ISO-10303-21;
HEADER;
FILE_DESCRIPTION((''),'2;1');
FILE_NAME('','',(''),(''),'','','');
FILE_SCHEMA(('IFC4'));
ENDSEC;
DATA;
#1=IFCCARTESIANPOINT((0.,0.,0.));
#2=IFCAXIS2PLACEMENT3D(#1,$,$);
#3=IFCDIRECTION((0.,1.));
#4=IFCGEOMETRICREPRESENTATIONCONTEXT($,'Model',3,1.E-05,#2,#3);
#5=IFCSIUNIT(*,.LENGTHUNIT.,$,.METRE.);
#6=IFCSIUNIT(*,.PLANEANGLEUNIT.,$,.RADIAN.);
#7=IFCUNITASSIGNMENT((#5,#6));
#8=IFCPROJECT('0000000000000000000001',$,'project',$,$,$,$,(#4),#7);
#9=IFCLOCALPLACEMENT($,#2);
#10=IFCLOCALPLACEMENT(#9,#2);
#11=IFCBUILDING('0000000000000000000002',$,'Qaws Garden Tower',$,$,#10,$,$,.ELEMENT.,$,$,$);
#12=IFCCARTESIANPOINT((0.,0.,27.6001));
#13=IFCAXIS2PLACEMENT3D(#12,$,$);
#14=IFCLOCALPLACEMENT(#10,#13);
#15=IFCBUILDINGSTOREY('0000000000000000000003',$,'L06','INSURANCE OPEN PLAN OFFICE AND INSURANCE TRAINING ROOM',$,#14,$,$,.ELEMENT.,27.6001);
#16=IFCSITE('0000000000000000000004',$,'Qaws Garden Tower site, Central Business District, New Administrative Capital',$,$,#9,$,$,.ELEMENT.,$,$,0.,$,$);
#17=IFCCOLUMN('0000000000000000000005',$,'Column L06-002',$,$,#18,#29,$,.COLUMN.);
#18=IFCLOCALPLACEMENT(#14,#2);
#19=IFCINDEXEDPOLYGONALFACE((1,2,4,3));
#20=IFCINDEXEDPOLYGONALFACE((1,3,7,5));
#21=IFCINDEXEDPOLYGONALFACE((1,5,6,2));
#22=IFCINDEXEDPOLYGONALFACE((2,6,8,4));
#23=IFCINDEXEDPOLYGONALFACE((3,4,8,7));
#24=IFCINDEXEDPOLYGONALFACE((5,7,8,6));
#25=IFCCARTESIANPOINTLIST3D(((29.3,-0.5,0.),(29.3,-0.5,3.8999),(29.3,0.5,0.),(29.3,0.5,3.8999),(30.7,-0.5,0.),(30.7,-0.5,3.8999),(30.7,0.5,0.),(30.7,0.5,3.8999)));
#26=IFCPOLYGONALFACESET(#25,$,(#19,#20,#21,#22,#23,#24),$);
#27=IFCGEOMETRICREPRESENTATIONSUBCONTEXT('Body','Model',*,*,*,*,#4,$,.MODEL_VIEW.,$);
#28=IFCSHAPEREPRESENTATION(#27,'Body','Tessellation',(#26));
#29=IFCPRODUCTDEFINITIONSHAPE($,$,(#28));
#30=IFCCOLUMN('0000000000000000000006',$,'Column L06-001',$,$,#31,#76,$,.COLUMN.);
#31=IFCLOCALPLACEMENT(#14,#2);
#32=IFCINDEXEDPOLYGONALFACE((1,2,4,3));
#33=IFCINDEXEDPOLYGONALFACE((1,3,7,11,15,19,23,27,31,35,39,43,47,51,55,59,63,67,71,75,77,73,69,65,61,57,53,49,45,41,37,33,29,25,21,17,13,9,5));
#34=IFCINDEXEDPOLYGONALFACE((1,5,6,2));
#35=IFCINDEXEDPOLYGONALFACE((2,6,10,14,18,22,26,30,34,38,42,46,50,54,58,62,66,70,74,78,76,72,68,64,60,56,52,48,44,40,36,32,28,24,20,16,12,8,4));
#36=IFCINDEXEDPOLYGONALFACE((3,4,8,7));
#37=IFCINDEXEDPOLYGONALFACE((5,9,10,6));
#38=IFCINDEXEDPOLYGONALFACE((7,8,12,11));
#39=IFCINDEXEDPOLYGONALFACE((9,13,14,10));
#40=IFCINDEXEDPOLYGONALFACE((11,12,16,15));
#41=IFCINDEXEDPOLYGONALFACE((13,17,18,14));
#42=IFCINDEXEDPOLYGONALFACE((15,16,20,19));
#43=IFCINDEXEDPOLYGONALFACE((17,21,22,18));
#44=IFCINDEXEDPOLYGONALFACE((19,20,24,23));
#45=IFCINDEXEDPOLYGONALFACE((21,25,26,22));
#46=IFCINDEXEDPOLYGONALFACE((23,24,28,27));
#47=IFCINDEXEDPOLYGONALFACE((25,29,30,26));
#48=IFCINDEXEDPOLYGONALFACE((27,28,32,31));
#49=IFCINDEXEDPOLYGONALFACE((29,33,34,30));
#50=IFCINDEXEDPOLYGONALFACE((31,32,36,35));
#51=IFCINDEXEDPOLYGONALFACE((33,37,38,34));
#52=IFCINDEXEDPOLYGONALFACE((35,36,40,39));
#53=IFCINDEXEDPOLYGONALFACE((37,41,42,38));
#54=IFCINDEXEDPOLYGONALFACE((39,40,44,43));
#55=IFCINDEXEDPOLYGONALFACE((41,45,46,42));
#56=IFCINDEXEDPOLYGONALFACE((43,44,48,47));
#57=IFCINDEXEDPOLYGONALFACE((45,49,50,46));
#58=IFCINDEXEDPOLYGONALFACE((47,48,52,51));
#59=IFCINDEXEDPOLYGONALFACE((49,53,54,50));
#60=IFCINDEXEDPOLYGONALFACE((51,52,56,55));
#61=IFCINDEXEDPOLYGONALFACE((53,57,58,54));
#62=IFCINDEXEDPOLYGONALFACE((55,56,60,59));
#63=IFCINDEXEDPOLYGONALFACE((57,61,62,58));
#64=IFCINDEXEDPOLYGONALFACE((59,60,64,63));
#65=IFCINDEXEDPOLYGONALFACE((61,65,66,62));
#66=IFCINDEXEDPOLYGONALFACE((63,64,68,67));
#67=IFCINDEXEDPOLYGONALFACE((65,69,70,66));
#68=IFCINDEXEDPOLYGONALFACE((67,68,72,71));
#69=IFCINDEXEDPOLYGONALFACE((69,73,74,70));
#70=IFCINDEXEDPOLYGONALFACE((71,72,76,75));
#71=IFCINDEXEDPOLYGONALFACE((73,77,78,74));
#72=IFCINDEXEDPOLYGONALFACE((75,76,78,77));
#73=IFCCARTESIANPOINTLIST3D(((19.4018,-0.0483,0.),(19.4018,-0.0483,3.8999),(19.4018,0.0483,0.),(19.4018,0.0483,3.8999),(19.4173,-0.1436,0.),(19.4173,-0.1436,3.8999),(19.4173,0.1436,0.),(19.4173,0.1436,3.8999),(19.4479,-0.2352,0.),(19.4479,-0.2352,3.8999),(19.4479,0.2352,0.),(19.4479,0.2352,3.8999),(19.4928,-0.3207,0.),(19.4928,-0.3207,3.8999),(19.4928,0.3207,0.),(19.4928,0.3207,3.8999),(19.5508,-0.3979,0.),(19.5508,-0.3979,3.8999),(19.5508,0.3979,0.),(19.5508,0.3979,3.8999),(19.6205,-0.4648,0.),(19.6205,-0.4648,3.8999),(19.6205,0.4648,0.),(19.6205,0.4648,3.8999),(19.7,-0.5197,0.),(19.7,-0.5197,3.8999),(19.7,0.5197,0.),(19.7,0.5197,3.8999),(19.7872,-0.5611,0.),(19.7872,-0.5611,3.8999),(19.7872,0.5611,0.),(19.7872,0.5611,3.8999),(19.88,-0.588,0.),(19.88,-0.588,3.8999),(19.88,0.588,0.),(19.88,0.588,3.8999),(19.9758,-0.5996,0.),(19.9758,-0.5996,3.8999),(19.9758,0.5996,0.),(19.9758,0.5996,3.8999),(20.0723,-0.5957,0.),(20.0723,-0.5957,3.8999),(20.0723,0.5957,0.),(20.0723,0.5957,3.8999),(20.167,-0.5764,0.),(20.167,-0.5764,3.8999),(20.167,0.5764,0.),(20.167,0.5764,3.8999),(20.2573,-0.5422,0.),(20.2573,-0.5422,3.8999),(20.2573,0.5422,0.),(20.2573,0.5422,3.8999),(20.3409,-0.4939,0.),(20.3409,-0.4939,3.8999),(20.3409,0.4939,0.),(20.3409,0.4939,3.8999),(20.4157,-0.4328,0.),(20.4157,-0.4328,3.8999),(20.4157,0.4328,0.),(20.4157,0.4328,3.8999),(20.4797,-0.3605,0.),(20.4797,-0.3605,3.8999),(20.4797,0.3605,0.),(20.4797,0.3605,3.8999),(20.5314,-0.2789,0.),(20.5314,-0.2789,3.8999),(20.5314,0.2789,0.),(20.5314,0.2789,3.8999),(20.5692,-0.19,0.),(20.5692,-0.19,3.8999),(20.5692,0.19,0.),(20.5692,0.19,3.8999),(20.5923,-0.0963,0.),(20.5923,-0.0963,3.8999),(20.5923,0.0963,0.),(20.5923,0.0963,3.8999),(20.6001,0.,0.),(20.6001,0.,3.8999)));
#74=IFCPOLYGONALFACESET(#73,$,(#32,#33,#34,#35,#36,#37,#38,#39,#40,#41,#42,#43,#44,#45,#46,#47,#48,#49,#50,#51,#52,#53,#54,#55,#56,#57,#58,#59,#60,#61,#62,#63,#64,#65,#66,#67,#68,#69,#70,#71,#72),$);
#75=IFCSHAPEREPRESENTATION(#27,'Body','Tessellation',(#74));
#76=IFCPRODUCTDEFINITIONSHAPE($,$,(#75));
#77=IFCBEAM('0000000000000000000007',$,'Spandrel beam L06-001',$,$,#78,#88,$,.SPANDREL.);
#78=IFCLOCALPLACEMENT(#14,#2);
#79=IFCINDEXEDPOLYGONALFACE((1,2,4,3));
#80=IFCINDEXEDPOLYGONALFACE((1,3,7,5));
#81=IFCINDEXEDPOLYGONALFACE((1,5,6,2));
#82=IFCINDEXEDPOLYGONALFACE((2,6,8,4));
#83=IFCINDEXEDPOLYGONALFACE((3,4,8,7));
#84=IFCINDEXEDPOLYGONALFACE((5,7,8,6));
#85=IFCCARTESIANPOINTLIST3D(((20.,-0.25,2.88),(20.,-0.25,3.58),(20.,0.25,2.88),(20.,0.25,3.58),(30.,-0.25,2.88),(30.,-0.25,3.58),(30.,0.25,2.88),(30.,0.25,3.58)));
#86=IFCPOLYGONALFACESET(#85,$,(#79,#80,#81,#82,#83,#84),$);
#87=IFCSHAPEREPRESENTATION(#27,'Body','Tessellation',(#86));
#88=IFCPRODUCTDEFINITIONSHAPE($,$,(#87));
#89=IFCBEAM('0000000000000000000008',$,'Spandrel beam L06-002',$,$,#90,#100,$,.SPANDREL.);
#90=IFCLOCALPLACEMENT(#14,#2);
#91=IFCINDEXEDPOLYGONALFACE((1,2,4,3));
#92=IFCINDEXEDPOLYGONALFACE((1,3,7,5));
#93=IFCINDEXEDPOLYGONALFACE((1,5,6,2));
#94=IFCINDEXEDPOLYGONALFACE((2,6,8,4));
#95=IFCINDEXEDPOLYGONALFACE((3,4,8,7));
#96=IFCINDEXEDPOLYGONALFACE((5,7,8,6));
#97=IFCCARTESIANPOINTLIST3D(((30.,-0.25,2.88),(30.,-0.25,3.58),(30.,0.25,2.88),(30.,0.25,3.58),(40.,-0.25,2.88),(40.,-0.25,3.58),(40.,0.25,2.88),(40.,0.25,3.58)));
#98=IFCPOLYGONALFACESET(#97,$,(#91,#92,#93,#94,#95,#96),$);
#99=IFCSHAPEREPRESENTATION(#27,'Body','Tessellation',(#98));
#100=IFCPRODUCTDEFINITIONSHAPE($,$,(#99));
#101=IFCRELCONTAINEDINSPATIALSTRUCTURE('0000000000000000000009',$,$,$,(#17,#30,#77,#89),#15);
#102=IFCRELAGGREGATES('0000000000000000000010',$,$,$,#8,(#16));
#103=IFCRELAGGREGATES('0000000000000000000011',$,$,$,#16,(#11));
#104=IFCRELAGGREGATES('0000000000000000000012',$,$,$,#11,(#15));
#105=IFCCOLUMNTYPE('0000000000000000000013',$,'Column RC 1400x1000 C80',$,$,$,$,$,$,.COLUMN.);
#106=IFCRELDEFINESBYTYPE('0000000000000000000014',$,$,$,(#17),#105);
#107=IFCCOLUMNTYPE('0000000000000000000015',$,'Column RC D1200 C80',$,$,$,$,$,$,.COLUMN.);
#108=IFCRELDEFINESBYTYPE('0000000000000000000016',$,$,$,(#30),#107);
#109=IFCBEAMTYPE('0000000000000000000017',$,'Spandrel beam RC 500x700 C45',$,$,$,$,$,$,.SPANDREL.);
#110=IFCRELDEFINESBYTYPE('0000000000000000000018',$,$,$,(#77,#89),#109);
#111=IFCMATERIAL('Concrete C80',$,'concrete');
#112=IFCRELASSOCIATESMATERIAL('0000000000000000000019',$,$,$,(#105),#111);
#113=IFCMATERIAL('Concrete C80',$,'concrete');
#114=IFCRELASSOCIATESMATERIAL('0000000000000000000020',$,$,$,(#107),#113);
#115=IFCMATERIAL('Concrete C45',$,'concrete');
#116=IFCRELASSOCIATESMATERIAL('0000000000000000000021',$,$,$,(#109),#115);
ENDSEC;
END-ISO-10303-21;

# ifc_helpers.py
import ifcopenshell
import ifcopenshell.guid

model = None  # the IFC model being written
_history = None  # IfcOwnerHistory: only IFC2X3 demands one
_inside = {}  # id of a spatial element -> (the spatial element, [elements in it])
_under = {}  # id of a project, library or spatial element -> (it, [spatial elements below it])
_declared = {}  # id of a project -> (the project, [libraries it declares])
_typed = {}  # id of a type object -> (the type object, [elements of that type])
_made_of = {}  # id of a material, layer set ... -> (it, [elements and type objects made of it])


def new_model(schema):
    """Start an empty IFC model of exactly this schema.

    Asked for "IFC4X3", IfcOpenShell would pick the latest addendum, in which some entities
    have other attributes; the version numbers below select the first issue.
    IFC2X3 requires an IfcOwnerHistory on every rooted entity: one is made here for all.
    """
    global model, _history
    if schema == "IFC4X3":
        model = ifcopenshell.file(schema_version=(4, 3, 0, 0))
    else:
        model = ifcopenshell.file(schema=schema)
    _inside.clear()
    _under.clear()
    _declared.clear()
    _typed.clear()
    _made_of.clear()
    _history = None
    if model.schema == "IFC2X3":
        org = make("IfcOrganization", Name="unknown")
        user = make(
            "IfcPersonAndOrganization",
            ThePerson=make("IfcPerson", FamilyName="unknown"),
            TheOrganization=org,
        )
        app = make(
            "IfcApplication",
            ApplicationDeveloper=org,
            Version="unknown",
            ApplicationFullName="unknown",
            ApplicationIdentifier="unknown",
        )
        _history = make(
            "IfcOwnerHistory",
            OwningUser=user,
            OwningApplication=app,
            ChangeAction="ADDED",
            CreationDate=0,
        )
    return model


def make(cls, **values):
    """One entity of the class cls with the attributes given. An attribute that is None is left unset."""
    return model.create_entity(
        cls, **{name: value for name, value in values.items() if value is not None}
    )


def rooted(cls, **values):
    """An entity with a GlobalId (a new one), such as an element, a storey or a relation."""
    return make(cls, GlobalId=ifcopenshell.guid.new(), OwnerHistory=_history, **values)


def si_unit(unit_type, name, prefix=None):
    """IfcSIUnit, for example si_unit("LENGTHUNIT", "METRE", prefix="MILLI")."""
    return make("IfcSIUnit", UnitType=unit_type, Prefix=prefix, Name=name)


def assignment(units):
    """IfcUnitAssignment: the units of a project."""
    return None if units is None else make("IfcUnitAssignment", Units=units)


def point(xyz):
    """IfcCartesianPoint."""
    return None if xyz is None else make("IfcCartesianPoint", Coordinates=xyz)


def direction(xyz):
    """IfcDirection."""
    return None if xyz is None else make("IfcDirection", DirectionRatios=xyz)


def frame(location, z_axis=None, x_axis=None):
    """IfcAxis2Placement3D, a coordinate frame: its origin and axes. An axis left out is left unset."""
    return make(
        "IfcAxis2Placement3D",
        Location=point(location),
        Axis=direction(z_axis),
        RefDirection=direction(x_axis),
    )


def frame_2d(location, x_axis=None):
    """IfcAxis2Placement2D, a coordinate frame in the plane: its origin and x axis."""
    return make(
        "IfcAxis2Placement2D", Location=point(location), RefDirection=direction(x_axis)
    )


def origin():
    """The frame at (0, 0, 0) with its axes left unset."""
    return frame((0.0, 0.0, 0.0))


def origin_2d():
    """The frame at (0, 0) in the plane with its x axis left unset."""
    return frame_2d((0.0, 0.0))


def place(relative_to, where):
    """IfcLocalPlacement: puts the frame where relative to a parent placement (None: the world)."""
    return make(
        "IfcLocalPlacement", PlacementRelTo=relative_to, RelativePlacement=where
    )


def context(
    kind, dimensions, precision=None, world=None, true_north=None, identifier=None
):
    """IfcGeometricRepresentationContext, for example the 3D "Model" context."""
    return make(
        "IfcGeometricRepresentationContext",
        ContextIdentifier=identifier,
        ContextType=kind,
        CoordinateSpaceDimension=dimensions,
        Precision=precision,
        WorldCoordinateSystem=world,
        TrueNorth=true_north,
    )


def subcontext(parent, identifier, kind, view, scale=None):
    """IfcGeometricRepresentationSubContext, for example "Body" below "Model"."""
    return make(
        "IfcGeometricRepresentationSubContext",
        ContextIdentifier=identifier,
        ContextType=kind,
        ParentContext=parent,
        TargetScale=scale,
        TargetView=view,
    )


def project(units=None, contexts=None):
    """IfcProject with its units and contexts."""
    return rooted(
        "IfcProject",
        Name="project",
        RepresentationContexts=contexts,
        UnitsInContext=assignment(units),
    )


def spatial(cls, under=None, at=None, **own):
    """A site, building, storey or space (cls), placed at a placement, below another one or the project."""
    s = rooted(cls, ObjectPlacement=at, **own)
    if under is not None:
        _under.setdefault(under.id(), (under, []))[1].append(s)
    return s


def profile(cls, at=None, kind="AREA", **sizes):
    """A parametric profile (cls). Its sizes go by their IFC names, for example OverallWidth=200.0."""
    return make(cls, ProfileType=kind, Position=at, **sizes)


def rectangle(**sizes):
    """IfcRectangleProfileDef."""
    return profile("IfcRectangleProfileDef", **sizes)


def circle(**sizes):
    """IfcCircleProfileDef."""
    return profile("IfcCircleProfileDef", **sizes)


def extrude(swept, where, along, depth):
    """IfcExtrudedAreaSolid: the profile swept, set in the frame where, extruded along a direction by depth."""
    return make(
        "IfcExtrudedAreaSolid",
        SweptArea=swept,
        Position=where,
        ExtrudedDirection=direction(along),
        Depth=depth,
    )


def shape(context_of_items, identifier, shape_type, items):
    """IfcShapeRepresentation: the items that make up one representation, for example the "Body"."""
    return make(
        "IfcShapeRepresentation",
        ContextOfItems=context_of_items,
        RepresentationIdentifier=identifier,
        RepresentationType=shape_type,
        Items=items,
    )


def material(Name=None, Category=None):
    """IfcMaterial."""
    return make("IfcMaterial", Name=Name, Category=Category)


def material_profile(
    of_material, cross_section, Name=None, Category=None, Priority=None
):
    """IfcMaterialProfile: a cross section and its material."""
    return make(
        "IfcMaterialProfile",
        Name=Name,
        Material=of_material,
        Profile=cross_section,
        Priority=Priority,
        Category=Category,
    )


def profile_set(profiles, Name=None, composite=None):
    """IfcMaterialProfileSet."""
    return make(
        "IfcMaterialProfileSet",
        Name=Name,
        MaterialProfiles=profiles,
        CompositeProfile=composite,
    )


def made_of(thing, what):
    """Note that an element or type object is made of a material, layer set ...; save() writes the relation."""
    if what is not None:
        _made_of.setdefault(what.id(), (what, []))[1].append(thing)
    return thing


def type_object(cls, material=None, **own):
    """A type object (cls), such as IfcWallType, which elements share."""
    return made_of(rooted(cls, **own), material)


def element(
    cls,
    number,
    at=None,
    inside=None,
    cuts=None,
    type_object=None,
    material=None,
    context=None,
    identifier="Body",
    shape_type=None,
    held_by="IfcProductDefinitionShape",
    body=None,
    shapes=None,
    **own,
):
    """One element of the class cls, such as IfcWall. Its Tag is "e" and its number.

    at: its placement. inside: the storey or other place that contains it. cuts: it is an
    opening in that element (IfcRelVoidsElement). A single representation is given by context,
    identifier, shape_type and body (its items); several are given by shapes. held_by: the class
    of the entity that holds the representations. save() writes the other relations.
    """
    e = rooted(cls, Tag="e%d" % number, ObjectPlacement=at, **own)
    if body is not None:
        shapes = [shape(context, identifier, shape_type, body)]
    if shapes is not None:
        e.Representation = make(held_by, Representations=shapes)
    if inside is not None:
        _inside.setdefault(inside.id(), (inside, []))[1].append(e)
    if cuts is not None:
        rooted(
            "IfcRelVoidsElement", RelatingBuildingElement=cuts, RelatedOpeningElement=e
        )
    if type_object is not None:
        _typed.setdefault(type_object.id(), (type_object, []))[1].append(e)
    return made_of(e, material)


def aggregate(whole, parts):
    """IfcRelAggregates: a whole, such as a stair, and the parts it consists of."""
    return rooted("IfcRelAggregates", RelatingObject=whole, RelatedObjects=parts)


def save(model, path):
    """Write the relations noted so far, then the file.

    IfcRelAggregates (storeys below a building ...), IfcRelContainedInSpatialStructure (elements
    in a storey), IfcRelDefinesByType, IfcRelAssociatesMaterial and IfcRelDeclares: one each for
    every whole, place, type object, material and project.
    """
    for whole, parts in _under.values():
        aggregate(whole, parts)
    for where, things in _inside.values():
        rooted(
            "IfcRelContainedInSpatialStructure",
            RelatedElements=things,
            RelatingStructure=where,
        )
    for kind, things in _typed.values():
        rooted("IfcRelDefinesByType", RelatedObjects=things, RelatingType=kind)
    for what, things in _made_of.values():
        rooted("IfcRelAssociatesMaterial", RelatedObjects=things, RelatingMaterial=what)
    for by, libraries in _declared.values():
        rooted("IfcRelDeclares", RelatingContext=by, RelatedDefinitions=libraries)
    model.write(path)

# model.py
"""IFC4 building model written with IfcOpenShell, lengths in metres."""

from ifc_helpers import new_model, si_unit, direction, frame, origin, origin_2d, place, context, subcontext, project, spatial, rectangle, circle, extrude, material, material_profile, profile_set, type_object, element, save


model = new_model("IFC4")

# Units and contexts
model_context = context("Model", 3, precision=1e-05, world=origin(), true_north=direction((0.0, 1.0)))
body_context = subcontext(model_context, "Body", "Model", "MODEL_VIEW")
ifc_project = project(units=[si_unit("LENGTHUNIT", "METRE"), si_unit("PLANEANGLEUNIT", "RADIAN")], contexts=[model_context])

# Site, building, storey
site_placement = place(None, origin())
site = spatial("IfcSite", under=ifc_project, at=site_placement, Name="Qaws Garden Tower site, Central Business District, New Administrative Capital", CompositionType="ELEMENT", RefElevation=0.0)
building_placement = place(site_placement, origin())
building = spatial("IfcBuilding", under=site, at=building_placement, Name="Qaws Garden Tower", CompositionType="ELEMENT")
storey_placement = place(building_placement, frame((0.0, 0.0, 27.6001)))
storey = spatial("IfcBuildingStorey", under=building, at=storey_placement, Name="L06", Description="INSURANCE OPEN PLAN OFFICE AND INSURANCE TRAINING ROOM", CompositionType="ELEMENT", Elevation=27.6001)

# Columns
ifc_material_1 = material(Name="Concrete C80", Category="concrete")
ifc_material_profile_1 = material_profile(ifc_material_1, rectangle(XDim=1.3999, YDim=1.0, at=origin_2d()), Name="RC 1400x1000")
ifc_profile_set_1 = profile_set([ifc_material_profile_1], Name="Concrete C80")
column_type_1 = type_object("IfcColumnType", Name="Column RC 1400x1000 C80", PredefinedType="COLUMN", material=ifc_profile_set_1)
column_1_placement = place(storey_placement, frame((30.0, 0.0, 0.0), z_axis=(0.0, 0.0, 1.0), x_axis=(1.0, 0.0, 0.0)))
element("IfcColumn", 1, at=column_1_placement, inside=storey, type_object=column_type_1, Name="Column L06-002", PredefinedType="COLUMN", context=body_context, shape_type="SweptSolid", body=[
    extrude(rectangle(XDim=1.3999, YDim=1.0, at=origin_2d()), origin(), (0.0, 0.0, 1.0), 3.8999),
])
ifc_material_2 = material(Name="Concrete C80", Category="concrete")
ifc_material_profile_2 = material_profile(ifc_material_2, circle(Radius=0.6001, at=origin_2d()), Name="RC D1200")
ifc_profile_set_2 = profile_set([ifc_material_profile_2], Name="Concrete C80")
column_type_2 = type_object("IfcColumnType", Name="Column RC D1200 C80", PredefinedType="COLUMN", material=ifc_profile_set_2)
column_2_placement = place(storey_placement, frame((20.0, 0.0, 0.0), z_axis=(0.0, 0.0, 1.0), x_axis=(1.0, 0.0, 0.0)))
element("IfcColumn", 2, at=column_2_placement, inside=storey, type_object=column_type_2, Name="Column L06-001", PredefinedType="COLUMN", context=body_context, shape_type="SweptSolid", body=[
    extrude(circle(Radius=0.6001, at=origin_2d()), origin(), (0.0, 0.0, 1.0), 3.8999),
])

# Beams
ifc_material_3 = material(Name="Concrete C45", Category="concrete")
ifc_material_profile_3 = material_profile(ifc_material_3, rectangle(XDim=0.5, YDim=0.7, at=origin_2d()), Name="RC 500x700")
ifc_profile_set_3 = profile_set([ifc_material_profile_3], Name="Concrete C45")
beam_type = type_object("IfcBeamType", Name="Spandrel beam RC 500x700 C45", PredefinedType="SPANDREL", material=ifc_profile_set_3)
for number, where, z_axis, x_axis, name in (
    (3, (20.0, 0.0, 3.23), (1.0, 0.0, 0.0), (0.0, 1.0, 0.0), "Spandrel beam L06-001"),
    (4, (30.0, 0.0, 3.23), (1.0, 0.0, 0.0), (0.0, 1.0, 0.0), "Spandrel beam L06-002"),
):
    element("IfcBeam", number, at=place(storey_placement, frame(where, z_axis=z_axis, x_axis=x_axis)), inside=storey, type_object=beam_type, Name=name, PredefinedType="SPANDREL", context=body_context, shape_type="SweptSolid", body=[
        extrude(rectangle(XDim=0.5, YDim=0.7, at=origin_2d()), origin(), (0.0, 0.0, 1.0), 10.0),
    ])

save(model, "model.ifc")
